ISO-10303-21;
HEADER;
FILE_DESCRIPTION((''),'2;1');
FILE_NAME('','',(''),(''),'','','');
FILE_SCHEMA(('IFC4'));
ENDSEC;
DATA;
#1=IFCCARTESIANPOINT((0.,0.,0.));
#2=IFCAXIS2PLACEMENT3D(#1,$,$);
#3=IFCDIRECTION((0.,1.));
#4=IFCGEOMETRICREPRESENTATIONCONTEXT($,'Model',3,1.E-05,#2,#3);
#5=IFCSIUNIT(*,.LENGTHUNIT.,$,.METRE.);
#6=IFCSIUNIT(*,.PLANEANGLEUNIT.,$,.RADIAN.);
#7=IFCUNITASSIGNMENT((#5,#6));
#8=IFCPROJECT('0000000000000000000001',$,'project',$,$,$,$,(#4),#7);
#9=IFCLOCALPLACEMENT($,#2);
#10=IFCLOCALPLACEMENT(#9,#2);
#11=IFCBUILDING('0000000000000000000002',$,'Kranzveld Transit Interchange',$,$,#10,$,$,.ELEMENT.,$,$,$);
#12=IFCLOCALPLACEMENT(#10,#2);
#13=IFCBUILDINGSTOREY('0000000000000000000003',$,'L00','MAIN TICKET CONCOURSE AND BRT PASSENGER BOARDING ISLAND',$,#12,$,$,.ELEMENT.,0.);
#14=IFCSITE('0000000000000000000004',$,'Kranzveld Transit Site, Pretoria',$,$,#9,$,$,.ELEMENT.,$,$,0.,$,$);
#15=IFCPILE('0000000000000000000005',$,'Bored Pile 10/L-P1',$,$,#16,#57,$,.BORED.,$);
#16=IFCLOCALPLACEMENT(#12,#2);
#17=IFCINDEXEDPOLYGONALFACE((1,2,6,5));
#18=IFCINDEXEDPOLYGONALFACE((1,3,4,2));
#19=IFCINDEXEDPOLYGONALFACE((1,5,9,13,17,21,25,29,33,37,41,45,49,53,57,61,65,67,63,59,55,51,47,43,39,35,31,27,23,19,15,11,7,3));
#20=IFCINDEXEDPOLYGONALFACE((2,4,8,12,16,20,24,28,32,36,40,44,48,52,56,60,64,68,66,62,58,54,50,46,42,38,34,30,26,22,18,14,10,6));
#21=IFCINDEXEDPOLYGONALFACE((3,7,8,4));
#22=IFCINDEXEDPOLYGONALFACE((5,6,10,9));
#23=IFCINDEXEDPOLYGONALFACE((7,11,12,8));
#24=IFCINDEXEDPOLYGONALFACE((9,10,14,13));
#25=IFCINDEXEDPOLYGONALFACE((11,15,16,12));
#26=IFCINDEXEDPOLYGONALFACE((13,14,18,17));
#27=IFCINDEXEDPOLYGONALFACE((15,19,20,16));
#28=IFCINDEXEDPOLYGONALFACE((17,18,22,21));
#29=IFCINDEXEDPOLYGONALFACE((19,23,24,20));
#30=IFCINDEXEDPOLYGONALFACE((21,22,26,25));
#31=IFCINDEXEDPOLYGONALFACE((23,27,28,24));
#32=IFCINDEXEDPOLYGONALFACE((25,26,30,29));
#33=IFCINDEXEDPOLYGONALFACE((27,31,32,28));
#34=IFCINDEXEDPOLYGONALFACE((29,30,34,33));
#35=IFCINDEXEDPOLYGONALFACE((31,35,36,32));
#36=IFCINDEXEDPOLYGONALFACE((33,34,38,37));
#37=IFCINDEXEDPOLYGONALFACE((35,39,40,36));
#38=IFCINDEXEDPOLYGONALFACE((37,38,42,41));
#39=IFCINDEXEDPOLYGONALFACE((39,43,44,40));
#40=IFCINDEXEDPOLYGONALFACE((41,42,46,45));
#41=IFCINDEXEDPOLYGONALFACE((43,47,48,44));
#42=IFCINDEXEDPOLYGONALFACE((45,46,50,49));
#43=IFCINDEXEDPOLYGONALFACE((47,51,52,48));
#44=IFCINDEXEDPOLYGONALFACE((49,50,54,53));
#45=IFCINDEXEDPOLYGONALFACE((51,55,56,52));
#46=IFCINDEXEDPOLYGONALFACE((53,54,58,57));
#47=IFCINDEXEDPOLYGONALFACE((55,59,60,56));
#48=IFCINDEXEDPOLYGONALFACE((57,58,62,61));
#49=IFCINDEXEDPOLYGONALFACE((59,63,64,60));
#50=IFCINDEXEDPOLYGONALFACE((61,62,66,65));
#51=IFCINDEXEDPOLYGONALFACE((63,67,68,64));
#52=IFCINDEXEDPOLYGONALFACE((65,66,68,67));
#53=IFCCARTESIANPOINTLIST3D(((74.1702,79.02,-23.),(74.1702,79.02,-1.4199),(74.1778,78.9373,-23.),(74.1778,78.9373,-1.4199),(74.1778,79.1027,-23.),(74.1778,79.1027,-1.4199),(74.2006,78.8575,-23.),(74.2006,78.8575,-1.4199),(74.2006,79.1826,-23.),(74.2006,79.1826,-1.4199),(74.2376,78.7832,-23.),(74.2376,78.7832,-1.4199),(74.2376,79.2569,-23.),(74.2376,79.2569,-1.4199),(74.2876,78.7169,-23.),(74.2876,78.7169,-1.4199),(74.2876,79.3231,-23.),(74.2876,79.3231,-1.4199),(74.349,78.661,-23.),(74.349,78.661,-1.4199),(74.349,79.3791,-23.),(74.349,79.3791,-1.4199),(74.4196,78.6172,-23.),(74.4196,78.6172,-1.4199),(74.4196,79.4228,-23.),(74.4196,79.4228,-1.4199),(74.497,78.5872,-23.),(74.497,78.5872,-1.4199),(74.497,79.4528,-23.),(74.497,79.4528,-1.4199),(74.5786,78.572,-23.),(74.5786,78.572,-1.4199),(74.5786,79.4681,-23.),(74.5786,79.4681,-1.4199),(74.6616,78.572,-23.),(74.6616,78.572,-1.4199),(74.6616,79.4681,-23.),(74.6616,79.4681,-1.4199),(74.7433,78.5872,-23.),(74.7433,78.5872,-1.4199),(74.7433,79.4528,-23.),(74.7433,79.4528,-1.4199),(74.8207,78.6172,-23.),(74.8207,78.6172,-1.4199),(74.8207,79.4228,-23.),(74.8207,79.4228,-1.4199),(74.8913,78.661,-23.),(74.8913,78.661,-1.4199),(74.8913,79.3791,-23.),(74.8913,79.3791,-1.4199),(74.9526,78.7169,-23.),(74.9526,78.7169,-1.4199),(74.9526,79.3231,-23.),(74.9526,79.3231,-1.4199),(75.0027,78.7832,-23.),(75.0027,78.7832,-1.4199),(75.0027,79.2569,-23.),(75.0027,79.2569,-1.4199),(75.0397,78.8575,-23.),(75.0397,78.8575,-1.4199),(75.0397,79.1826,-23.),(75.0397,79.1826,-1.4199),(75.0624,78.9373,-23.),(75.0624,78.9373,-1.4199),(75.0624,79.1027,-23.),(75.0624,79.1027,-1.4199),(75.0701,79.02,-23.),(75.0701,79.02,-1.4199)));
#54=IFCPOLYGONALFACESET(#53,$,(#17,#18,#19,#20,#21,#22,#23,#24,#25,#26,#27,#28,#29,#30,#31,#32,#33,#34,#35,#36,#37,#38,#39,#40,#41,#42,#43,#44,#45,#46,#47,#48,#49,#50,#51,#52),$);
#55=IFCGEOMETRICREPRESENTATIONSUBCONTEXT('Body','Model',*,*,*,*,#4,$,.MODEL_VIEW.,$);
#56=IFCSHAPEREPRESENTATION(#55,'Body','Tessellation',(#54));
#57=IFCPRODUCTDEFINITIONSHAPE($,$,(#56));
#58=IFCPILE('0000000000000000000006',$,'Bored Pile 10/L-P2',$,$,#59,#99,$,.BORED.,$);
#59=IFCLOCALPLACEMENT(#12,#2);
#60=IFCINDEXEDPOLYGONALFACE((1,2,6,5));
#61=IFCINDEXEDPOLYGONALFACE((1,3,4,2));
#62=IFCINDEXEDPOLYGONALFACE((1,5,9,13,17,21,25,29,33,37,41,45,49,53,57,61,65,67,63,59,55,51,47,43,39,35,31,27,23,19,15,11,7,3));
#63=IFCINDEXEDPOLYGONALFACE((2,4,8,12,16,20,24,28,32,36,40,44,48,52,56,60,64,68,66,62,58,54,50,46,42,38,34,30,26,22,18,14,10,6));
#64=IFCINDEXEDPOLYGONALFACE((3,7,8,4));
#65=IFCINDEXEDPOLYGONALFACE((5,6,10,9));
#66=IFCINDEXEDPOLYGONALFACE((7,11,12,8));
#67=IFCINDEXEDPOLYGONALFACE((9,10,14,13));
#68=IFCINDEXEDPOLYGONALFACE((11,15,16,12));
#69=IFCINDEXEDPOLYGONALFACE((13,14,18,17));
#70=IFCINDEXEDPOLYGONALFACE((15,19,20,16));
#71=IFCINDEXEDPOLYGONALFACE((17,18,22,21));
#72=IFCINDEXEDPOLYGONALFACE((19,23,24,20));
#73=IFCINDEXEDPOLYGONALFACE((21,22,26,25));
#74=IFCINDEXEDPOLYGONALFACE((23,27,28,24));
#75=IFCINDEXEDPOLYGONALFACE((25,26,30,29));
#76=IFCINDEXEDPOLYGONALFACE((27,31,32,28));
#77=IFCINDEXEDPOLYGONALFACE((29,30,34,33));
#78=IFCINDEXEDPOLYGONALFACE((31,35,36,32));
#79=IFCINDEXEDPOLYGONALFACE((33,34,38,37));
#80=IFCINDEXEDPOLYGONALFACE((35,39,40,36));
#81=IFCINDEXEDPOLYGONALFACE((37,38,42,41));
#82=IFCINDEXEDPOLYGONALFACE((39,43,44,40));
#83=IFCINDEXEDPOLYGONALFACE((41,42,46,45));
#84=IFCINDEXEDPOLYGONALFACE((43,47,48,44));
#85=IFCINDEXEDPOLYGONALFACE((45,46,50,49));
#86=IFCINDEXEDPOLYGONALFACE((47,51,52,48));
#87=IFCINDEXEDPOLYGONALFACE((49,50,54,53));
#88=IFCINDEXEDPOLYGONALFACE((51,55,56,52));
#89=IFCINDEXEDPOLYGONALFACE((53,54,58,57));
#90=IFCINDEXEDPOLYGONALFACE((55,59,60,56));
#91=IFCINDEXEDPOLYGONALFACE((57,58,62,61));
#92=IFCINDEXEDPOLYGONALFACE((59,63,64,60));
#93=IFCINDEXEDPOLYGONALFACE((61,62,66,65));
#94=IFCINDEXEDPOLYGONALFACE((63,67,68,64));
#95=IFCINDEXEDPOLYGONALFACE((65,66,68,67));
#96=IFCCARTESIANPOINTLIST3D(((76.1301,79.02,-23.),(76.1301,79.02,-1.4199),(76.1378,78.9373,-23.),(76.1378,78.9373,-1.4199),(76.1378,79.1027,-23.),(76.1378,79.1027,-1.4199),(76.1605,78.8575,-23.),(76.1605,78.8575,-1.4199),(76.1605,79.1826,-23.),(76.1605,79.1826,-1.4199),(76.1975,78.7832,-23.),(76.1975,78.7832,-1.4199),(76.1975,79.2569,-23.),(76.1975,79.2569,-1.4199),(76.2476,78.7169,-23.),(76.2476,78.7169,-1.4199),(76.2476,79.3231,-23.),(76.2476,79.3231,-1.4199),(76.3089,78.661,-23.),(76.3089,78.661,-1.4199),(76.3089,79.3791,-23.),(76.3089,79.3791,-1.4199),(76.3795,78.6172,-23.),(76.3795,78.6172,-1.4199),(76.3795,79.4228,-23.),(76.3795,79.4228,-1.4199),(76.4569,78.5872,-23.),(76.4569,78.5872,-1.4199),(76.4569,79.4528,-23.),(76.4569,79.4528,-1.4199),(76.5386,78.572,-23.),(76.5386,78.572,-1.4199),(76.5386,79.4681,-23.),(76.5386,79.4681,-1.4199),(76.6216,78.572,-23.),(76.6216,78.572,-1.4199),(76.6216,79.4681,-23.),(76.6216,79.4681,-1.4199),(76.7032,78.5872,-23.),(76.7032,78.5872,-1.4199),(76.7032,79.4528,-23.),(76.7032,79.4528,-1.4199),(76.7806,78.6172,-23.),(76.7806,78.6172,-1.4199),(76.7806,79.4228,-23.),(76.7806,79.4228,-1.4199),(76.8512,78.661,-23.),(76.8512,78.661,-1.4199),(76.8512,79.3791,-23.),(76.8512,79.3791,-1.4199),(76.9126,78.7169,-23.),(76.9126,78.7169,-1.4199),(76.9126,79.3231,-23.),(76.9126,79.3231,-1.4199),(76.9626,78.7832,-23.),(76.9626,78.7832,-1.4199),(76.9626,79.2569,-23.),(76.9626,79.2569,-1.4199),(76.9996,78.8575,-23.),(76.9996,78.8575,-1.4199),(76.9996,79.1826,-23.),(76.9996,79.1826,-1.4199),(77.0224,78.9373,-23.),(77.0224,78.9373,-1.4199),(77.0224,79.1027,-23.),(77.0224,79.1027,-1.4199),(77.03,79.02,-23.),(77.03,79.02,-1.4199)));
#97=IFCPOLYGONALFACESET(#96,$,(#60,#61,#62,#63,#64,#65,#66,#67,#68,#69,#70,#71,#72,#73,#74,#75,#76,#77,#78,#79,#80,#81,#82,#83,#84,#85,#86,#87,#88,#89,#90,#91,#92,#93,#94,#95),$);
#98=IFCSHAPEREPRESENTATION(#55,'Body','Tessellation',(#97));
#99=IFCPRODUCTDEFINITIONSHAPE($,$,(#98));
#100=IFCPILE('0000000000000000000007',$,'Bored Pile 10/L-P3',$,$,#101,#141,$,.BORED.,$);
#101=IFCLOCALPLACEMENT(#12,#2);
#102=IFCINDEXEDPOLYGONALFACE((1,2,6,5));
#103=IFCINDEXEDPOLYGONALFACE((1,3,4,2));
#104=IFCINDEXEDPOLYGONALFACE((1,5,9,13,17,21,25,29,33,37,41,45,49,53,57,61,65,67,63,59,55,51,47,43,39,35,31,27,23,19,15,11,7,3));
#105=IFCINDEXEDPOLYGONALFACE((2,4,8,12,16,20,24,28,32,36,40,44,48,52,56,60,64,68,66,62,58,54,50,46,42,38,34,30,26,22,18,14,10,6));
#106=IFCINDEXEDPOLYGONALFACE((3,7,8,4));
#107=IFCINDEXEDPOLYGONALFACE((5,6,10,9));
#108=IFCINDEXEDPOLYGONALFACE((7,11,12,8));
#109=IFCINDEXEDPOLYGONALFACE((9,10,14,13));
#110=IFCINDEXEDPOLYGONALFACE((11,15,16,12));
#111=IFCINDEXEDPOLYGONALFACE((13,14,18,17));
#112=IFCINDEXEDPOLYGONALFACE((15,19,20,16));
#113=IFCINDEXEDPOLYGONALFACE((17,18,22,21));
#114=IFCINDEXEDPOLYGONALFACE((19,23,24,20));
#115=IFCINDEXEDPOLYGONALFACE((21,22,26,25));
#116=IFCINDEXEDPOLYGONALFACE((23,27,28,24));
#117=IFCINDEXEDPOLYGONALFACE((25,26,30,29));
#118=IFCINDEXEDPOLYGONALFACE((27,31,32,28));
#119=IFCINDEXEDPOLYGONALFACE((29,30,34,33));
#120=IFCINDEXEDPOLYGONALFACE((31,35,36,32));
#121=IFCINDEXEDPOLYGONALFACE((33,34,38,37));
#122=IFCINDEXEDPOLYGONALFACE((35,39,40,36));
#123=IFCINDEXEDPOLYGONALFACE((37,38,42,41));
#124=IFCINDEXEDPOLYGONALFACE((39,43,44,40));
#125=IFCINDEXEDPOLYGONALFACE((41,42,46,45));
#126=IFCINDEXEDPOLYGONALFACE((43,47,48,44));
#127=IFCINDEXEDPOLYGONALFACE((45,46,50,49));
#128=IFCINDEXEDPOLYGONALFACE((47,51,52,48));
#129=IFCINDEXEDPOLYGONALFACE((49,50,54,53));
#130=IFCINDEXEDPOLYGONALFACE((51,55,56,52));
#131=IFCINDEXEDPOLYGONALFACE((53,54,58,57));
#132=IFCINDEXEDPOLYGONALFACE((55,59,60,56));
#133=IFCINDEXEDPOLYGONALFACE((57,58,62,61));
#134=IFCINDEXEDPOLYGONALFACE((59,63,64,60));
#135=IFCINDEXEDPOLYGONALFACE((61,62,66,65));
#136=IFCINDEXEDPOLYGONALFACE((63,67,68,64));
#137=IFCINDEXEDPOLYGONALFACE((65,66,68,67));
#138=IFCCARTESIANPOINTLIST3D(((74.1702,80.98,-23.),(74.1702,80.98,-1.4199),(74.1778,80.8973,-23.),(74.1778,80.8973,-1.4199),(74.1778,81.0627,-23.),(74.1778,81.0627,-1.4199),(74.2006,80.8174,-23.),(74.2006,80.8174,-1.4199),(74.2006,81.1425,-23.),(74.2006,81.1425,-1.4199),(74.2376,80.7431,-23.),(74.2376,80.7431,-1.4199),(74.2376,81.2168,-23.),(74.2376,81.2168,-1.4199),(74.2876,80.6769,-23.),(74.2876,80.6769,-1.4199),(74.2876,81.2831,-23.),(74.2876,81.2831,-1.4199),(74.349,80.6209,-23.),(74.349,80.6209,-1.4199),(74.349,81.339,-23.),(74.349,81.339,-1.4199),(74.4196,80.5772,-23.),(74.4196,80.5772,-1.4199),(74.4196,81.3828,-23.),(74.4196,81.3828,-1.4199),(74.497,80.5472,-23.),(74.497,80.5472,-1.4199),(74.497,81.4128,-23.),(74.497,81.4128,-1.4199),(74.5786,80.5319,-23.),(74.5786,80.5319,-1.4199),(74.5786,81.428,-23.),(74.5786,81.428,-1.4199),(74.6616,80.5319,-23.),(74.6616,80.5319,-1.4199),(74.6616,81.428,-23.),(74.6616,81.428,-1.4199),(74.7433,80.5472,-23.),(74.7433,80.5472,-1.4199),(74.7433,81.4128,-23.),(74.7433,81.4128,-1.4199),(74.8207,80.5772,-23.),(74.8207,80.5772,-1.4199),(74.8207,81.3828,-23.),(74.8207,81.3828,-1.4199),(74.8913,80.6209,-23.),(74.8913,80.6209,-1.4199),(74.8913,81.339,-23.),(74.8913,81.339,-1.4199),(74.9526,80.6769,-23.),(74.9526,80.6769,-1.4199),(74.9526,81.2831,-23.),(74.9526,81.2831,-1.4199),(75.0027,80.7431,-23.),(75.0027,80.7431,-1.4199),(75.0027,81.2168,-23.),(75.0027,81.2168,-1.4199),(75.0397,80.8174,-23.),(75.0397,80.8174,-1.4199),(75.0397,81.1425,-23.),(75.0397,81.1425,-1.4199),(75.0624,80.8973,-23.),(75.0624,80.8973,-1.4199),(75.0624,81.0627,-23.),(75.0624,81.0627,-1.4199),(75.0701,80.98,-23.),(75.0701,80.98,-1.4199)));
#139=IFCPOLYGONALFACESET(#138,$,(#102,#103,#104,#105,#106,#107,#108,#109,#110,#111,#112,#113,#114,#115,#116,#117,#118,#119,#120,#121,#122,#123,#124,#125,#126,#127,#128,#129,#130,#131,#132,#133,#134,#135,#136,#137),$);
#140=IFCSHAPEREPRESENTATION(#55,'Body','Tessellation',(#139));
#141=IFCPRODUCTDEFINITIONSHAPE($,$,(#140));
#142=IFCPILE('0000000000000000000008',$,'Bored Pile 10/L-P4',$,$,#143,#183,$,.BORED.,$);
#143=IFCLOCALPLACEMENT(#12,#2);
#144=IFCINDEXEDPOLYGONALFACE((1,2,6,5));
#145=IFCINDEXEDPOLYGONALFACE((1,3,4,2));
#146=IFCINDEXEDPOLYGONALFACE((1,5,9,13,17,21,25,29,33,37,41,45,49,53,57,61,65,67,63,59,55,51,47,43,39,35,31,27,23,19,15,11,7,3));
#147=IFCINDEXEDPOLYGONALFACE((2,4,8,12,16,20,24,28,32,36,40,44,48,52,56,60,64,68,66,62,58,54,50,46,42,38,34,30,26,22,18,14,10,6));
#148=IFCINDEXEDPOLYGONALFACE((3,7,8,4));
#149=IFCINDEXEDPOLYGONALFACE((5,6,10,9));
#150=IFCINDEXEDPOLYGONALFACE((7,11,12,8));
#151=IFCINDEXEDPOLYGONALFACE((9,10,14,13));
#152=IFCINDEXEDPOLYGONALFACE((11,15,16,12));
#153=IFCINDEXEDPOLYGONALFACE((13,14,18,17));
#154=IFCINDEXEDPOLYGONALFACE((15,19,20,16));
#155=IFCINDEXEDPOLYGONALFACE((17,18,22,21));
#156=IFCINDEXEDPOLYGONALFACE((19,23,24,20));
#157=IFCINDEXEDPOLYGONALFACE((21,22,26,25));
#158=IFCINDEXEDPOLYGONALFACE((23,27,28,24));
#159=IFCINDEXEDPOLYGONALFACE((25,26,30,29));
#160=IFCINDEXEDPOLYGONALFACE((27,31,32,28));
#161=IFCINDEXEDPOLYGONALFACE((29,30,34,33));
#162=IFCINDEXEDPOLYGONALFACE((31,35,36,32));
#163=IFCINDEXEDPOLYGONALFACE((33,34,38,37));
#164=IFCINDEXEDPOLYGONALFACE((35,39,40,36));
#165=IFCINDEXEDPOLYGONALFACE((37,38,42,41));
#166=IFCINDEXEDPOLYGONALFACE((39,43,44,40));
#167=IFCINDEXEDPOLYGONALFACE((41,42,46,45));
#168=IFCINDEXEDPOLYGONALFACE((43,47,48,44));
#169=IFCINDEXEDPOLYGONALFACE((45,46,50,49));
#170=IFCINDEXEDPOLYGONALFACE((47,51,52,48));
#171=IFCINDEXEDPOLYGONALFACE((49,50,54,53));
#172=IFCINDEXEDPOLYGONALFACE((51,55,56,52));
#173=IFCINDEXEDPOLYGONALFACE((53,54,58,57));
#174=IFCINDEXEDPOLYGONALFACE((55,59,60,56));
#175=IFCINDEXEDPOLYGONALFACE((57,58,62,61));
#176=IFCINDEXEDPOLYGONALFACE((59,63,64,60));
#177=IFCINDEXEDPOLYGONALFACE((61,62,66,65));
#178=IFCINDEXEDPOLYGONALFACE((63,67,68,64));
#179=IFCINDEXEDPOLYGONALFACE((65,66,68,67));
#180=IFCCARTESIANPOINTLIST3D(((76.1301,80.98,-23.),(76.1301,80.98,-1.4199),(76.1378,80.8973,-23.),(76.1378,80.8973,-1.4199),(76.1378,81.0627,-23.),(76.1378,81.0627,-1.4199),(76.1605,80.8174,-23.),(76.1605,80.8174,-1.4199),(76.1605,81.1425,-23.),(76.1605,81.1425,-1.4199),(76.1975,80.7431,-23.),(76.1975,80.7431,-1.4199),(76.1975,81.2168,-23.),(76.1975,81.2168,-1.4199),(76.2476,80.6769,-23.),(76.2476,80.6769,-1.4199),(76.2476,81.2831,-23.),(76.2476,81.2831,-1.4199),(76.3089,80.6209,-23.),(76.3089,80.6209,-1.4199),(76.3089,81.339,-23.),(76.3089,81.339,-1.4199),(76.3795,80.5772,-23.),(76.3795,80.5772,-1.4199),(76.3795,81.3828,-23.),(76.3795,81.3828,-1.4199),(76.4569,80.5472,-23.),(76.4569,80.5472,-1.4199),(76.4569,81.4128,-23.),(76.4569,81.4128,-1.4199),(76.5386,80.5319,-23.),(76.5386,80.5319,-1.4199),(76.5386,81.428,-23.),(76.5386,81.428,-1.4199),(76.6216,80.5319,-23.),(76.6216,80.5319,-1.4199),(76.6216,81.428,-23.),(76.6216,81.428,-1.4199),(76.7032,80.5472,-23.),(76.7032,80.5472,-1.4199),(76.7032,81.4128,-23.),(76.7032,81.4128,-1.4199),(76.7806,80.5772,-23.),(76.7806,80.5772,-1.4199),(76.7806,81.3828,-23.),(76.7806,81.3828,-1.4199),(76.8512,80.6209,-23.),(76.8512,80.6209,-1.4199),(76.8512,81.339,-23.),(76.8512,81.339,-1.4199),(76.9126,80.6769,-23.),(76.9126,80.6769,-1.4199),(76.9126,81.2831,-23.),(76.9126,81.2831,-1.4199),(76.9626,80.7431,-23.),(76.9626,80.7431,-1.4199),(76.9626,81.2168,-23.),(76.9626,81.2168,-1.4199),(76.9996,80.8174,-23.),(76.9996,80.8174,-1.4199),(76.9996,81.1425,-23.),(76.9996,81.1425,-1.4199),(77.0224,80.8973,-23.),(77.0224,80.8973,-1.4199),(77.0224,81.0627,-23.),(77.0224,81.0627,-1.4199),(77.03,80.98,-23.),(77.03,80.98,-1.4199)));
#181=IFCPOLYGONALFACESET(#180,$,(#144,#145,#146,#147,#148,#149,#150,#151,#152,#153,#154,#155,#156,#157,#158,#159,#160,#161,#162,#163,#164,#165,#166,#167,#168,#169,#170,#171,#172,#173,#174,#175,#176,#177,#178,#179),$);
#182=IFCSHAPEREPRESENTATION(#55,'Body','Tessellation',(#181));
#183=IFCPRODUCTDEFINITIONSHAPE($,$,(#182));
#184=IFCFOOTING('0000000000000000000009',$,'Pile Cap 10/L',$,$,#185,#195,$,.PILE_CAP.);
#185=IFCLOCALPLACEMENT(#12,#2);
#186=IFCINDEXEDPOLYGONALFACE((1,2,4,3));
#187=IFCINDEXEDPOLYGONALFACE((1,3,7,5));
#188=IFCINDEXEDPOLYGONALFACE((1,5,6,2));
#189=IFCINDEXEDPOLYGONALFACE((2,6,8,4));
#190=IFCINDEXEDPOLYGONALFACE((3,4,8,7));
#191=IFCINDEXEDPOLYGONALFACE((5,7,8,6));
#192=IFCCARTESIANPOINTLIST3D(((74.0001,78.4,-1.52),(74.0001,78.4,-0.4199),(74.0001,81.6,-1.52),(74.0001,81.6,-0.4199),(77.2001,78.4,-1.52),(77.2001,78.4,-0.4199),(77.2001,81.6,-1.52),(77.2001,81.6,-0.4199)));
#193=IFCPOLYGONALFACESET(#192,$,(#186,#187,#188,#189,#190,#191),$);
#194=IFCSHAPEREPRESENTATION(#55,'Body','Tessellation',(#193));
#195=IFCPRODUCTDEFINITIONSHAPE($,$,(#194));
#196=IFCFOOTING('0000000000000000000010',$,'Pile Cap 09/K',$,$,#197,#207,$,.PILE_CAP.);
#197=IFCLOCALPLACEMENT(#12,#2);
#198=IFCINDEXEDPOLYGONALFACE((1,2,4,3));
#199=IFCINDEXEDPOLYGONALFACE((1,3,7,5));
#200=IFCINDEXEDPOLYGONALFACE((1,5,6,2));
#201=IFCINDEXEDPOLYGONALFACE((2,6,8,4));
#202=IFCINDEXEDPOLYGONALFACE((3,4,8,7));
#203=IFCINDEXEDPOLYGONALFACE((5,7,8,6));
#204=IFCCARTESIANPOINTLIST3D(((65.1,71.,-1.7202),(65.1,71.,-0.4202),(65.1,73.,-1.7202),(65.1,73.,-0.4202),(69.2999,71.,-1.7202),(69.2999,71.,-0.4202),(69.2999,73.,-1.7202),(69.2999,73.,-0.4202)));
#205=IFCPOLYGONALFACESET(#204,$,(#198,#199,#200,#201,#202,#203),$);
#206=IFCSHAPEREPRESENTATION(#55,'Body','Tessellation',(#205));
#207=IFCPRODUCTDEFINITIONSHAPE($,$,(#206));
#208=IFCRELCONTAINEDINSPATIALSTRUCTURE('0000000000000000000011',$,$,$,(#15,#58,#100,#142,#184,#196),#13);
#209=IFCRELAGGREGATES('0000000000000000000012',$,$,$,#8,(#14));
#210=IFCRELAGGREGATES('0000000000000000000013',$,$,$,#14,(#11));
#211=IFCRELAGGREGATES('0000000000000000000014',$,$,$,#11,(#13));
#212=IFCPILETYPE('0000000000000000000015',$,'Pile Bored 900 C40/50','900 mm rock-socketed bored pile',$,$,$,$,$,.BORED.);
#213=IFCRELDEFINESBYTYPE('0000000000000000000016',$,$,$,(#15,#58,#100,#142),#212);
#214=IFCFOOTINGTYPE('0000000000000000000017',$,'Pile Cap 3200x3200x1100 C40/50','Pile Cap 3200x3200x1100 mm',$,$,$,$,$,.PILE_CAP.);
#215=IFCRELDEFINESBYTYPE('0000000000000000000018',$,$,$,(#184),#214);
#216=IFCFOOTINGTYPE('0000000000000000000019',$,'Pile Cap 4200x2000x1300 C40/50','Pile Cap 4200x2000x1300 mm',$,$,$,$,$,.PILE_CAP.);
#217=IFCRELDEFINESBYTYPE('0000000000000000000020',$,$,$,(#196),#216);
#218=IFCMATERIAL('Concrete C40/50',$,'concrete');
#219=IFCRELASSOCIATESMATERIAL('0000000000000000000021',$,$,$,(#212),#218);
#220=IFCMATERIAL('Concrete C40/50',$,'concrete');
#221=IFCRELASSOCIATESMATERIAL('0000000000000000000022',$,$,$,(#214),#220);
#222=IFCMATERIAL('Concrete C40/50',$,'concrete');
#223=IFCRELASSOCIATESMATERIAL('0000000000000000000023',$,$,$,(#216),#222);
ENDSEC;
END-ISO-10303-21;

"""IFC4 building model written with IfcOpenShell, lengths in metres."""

from ifc_helpers import new_model, si_unit, direction, frame, origin, origin_2d, place, context, subcontext, project, spatial, rectangle, circle, extrude, material, material_profile, profile_set, type_object, element, save


model = new_model("IFC4")

# Units and contexts
model_context = context("Model", 3, precision=1e-05, world=origin(), true_north=direction((0.0, 1.0)))
body_context = subcontext(model_context, "Body", "Model", "MODEL_VIEW")
ifc_project = project(units=[si_unit("LENGTHUNIT", "METRE"), si_unit("PLANEANGLEUNIT", "RADIAN")], contexts=[model_context])

# Site, building, storey
site_placement = place(None, origin())
site = spatial("IfcSite", under=ifc_project, at=site_placement, Name="Kranzveld Transit Site, Pretoria", CompositionType="ELEMENT", RefElevation=0.0)
building_placement = place(site_placement, origin())
building = spatial("IfcBuilding", under=site, at=building_placement, Name="Kranzveld Transit Interchange", CompositionType="ELEMENT")
storey_placement = place(building_placement, origin())
storey = spatial("IfcBuildingStorey", under=building, at=storey_placement, Name="L00", Description="MAIN TICKET CONCOURSE AND BRT PASSENGER BOARDING ISLAND", CompositionType="ELEMENT", Elevation=0.0)

# Piles
ifc_material_1 = material(Name="Concrete C40/50", Category="concrete")
ifc_material_profile_1 = material_profile(ifc_material_1, circle(Radius=0.45, at=origin_2d()), Name="BORED PILE 900")
ifc_profile_set_1 = profile_set([ifc_material_profile_1], Name="Concrete C40/50")
pile_type_1 = type_object("IfcPileType", Name="Pile Bored 900 C40/50", Description="900 mm rock-socketed bored pile", PredefinedType="BORED", material=ifc_profile_set_1)
for number, where, z_axis, x_axis, name in (
    (1, (74.6201, 79.02, -1.4199), (0.0, 0.0, -1.0), (1.0, 0.0, 0.0), "Bored Pile 10/L-P1"),
    (2, (76.5801, 79.02, -1.4199), (0.0, 0.0, -1.0), (1.0, 0.0, 0.0), "Bored Pile 10/L-P2"),
    (3, (74.6201, 80.98, -1.4199), (0.0, 0.0, -1.0), (1.0, 0.0, 0.0), "Bored Pile 10/L-P3"),
    (4, (76.5801, 80.98, -1.4199), (0.0, 0.0, -1.0), (1.0, 0.0, 0.0), "Bored Pile 10/L-P4"),
):
    element("IfcPile", number, at=place(storey_placement, frame(where, z_axis=z_axis, x_axis=x_axis)), inside=storey, type_object=pile_type_1, Name=name, PredefinedType="BORED", context=body_context, shape_type="SweptSolid", body=[
        extrude(circle(Radius=0.45, at=origin_2d()), origin(), (0.0, 0.0, 1.0), 21.5801),
    ])

# Footings
ifc_material_2 = material(Name="Concrete C40/50", Category="concrete")
footing_type_1 = type_object("IfcFootingType", Name="Pile Cap 3200x3200x1100 C40/50", Description="Pile Cap 3200x3200x1100 mm", PredefinedType="PILE_CAP", material=ifc_material_2)
footing_placement = place(storey_placement, frame((75.6001, 80.0, -1.52), z_axis=(0.0, 0.0, 1.0), x_axis=(1.0, 0.0, 0.0)))
element("IfcFooting", 5, at=footing_placement, inside=storey, type_object=footing_type_1, Name="Pile Cap 10/L", PredefinedType="PILE_CAP", context=body_context, shape_type="SweptSolid", body=[
    extrude(rectangle(XDim=3.2, YDim=3.2, at=origin_2d()), origin(), (0.0, 0.0, 1.0), 1.1001),
])
ifc_material_3 = material(Name="Concrete C40/50", Category="concrete")
footing_type_2 = type_object("IfcFootingType", Name="Pile Cap 4200x2000x1300 C40/50", Description="Pile Cap 4200x2000x1300 mm", PredefinedType="PILE_CAP", material=ifc_material_3)
for number, where, z_axis, x_axis, name in (
    (6, (67.2, 72.0, -1.7202), (0.0, 0.0, 1.0), (1.0, 0.0, 0.0), "Pile Cap 09/K"),
):
    element("IfcFooting", number, at=place(storey_placement, frame(where, z_axis=z_axis, x_axis=x_axis)), inside=storey, type_object=footing_type_2, Name=name, PredefinedType="PILE_CAP", context=body_context, shape_type="SweptSolid", body=[
        extrude(rectangle(XDim=4.2, YDim=2.0, at=origin_2d()), origin(), (0.0, 0.0, 1.0), 1.3),
    ])

save(model, "model.ifc")
